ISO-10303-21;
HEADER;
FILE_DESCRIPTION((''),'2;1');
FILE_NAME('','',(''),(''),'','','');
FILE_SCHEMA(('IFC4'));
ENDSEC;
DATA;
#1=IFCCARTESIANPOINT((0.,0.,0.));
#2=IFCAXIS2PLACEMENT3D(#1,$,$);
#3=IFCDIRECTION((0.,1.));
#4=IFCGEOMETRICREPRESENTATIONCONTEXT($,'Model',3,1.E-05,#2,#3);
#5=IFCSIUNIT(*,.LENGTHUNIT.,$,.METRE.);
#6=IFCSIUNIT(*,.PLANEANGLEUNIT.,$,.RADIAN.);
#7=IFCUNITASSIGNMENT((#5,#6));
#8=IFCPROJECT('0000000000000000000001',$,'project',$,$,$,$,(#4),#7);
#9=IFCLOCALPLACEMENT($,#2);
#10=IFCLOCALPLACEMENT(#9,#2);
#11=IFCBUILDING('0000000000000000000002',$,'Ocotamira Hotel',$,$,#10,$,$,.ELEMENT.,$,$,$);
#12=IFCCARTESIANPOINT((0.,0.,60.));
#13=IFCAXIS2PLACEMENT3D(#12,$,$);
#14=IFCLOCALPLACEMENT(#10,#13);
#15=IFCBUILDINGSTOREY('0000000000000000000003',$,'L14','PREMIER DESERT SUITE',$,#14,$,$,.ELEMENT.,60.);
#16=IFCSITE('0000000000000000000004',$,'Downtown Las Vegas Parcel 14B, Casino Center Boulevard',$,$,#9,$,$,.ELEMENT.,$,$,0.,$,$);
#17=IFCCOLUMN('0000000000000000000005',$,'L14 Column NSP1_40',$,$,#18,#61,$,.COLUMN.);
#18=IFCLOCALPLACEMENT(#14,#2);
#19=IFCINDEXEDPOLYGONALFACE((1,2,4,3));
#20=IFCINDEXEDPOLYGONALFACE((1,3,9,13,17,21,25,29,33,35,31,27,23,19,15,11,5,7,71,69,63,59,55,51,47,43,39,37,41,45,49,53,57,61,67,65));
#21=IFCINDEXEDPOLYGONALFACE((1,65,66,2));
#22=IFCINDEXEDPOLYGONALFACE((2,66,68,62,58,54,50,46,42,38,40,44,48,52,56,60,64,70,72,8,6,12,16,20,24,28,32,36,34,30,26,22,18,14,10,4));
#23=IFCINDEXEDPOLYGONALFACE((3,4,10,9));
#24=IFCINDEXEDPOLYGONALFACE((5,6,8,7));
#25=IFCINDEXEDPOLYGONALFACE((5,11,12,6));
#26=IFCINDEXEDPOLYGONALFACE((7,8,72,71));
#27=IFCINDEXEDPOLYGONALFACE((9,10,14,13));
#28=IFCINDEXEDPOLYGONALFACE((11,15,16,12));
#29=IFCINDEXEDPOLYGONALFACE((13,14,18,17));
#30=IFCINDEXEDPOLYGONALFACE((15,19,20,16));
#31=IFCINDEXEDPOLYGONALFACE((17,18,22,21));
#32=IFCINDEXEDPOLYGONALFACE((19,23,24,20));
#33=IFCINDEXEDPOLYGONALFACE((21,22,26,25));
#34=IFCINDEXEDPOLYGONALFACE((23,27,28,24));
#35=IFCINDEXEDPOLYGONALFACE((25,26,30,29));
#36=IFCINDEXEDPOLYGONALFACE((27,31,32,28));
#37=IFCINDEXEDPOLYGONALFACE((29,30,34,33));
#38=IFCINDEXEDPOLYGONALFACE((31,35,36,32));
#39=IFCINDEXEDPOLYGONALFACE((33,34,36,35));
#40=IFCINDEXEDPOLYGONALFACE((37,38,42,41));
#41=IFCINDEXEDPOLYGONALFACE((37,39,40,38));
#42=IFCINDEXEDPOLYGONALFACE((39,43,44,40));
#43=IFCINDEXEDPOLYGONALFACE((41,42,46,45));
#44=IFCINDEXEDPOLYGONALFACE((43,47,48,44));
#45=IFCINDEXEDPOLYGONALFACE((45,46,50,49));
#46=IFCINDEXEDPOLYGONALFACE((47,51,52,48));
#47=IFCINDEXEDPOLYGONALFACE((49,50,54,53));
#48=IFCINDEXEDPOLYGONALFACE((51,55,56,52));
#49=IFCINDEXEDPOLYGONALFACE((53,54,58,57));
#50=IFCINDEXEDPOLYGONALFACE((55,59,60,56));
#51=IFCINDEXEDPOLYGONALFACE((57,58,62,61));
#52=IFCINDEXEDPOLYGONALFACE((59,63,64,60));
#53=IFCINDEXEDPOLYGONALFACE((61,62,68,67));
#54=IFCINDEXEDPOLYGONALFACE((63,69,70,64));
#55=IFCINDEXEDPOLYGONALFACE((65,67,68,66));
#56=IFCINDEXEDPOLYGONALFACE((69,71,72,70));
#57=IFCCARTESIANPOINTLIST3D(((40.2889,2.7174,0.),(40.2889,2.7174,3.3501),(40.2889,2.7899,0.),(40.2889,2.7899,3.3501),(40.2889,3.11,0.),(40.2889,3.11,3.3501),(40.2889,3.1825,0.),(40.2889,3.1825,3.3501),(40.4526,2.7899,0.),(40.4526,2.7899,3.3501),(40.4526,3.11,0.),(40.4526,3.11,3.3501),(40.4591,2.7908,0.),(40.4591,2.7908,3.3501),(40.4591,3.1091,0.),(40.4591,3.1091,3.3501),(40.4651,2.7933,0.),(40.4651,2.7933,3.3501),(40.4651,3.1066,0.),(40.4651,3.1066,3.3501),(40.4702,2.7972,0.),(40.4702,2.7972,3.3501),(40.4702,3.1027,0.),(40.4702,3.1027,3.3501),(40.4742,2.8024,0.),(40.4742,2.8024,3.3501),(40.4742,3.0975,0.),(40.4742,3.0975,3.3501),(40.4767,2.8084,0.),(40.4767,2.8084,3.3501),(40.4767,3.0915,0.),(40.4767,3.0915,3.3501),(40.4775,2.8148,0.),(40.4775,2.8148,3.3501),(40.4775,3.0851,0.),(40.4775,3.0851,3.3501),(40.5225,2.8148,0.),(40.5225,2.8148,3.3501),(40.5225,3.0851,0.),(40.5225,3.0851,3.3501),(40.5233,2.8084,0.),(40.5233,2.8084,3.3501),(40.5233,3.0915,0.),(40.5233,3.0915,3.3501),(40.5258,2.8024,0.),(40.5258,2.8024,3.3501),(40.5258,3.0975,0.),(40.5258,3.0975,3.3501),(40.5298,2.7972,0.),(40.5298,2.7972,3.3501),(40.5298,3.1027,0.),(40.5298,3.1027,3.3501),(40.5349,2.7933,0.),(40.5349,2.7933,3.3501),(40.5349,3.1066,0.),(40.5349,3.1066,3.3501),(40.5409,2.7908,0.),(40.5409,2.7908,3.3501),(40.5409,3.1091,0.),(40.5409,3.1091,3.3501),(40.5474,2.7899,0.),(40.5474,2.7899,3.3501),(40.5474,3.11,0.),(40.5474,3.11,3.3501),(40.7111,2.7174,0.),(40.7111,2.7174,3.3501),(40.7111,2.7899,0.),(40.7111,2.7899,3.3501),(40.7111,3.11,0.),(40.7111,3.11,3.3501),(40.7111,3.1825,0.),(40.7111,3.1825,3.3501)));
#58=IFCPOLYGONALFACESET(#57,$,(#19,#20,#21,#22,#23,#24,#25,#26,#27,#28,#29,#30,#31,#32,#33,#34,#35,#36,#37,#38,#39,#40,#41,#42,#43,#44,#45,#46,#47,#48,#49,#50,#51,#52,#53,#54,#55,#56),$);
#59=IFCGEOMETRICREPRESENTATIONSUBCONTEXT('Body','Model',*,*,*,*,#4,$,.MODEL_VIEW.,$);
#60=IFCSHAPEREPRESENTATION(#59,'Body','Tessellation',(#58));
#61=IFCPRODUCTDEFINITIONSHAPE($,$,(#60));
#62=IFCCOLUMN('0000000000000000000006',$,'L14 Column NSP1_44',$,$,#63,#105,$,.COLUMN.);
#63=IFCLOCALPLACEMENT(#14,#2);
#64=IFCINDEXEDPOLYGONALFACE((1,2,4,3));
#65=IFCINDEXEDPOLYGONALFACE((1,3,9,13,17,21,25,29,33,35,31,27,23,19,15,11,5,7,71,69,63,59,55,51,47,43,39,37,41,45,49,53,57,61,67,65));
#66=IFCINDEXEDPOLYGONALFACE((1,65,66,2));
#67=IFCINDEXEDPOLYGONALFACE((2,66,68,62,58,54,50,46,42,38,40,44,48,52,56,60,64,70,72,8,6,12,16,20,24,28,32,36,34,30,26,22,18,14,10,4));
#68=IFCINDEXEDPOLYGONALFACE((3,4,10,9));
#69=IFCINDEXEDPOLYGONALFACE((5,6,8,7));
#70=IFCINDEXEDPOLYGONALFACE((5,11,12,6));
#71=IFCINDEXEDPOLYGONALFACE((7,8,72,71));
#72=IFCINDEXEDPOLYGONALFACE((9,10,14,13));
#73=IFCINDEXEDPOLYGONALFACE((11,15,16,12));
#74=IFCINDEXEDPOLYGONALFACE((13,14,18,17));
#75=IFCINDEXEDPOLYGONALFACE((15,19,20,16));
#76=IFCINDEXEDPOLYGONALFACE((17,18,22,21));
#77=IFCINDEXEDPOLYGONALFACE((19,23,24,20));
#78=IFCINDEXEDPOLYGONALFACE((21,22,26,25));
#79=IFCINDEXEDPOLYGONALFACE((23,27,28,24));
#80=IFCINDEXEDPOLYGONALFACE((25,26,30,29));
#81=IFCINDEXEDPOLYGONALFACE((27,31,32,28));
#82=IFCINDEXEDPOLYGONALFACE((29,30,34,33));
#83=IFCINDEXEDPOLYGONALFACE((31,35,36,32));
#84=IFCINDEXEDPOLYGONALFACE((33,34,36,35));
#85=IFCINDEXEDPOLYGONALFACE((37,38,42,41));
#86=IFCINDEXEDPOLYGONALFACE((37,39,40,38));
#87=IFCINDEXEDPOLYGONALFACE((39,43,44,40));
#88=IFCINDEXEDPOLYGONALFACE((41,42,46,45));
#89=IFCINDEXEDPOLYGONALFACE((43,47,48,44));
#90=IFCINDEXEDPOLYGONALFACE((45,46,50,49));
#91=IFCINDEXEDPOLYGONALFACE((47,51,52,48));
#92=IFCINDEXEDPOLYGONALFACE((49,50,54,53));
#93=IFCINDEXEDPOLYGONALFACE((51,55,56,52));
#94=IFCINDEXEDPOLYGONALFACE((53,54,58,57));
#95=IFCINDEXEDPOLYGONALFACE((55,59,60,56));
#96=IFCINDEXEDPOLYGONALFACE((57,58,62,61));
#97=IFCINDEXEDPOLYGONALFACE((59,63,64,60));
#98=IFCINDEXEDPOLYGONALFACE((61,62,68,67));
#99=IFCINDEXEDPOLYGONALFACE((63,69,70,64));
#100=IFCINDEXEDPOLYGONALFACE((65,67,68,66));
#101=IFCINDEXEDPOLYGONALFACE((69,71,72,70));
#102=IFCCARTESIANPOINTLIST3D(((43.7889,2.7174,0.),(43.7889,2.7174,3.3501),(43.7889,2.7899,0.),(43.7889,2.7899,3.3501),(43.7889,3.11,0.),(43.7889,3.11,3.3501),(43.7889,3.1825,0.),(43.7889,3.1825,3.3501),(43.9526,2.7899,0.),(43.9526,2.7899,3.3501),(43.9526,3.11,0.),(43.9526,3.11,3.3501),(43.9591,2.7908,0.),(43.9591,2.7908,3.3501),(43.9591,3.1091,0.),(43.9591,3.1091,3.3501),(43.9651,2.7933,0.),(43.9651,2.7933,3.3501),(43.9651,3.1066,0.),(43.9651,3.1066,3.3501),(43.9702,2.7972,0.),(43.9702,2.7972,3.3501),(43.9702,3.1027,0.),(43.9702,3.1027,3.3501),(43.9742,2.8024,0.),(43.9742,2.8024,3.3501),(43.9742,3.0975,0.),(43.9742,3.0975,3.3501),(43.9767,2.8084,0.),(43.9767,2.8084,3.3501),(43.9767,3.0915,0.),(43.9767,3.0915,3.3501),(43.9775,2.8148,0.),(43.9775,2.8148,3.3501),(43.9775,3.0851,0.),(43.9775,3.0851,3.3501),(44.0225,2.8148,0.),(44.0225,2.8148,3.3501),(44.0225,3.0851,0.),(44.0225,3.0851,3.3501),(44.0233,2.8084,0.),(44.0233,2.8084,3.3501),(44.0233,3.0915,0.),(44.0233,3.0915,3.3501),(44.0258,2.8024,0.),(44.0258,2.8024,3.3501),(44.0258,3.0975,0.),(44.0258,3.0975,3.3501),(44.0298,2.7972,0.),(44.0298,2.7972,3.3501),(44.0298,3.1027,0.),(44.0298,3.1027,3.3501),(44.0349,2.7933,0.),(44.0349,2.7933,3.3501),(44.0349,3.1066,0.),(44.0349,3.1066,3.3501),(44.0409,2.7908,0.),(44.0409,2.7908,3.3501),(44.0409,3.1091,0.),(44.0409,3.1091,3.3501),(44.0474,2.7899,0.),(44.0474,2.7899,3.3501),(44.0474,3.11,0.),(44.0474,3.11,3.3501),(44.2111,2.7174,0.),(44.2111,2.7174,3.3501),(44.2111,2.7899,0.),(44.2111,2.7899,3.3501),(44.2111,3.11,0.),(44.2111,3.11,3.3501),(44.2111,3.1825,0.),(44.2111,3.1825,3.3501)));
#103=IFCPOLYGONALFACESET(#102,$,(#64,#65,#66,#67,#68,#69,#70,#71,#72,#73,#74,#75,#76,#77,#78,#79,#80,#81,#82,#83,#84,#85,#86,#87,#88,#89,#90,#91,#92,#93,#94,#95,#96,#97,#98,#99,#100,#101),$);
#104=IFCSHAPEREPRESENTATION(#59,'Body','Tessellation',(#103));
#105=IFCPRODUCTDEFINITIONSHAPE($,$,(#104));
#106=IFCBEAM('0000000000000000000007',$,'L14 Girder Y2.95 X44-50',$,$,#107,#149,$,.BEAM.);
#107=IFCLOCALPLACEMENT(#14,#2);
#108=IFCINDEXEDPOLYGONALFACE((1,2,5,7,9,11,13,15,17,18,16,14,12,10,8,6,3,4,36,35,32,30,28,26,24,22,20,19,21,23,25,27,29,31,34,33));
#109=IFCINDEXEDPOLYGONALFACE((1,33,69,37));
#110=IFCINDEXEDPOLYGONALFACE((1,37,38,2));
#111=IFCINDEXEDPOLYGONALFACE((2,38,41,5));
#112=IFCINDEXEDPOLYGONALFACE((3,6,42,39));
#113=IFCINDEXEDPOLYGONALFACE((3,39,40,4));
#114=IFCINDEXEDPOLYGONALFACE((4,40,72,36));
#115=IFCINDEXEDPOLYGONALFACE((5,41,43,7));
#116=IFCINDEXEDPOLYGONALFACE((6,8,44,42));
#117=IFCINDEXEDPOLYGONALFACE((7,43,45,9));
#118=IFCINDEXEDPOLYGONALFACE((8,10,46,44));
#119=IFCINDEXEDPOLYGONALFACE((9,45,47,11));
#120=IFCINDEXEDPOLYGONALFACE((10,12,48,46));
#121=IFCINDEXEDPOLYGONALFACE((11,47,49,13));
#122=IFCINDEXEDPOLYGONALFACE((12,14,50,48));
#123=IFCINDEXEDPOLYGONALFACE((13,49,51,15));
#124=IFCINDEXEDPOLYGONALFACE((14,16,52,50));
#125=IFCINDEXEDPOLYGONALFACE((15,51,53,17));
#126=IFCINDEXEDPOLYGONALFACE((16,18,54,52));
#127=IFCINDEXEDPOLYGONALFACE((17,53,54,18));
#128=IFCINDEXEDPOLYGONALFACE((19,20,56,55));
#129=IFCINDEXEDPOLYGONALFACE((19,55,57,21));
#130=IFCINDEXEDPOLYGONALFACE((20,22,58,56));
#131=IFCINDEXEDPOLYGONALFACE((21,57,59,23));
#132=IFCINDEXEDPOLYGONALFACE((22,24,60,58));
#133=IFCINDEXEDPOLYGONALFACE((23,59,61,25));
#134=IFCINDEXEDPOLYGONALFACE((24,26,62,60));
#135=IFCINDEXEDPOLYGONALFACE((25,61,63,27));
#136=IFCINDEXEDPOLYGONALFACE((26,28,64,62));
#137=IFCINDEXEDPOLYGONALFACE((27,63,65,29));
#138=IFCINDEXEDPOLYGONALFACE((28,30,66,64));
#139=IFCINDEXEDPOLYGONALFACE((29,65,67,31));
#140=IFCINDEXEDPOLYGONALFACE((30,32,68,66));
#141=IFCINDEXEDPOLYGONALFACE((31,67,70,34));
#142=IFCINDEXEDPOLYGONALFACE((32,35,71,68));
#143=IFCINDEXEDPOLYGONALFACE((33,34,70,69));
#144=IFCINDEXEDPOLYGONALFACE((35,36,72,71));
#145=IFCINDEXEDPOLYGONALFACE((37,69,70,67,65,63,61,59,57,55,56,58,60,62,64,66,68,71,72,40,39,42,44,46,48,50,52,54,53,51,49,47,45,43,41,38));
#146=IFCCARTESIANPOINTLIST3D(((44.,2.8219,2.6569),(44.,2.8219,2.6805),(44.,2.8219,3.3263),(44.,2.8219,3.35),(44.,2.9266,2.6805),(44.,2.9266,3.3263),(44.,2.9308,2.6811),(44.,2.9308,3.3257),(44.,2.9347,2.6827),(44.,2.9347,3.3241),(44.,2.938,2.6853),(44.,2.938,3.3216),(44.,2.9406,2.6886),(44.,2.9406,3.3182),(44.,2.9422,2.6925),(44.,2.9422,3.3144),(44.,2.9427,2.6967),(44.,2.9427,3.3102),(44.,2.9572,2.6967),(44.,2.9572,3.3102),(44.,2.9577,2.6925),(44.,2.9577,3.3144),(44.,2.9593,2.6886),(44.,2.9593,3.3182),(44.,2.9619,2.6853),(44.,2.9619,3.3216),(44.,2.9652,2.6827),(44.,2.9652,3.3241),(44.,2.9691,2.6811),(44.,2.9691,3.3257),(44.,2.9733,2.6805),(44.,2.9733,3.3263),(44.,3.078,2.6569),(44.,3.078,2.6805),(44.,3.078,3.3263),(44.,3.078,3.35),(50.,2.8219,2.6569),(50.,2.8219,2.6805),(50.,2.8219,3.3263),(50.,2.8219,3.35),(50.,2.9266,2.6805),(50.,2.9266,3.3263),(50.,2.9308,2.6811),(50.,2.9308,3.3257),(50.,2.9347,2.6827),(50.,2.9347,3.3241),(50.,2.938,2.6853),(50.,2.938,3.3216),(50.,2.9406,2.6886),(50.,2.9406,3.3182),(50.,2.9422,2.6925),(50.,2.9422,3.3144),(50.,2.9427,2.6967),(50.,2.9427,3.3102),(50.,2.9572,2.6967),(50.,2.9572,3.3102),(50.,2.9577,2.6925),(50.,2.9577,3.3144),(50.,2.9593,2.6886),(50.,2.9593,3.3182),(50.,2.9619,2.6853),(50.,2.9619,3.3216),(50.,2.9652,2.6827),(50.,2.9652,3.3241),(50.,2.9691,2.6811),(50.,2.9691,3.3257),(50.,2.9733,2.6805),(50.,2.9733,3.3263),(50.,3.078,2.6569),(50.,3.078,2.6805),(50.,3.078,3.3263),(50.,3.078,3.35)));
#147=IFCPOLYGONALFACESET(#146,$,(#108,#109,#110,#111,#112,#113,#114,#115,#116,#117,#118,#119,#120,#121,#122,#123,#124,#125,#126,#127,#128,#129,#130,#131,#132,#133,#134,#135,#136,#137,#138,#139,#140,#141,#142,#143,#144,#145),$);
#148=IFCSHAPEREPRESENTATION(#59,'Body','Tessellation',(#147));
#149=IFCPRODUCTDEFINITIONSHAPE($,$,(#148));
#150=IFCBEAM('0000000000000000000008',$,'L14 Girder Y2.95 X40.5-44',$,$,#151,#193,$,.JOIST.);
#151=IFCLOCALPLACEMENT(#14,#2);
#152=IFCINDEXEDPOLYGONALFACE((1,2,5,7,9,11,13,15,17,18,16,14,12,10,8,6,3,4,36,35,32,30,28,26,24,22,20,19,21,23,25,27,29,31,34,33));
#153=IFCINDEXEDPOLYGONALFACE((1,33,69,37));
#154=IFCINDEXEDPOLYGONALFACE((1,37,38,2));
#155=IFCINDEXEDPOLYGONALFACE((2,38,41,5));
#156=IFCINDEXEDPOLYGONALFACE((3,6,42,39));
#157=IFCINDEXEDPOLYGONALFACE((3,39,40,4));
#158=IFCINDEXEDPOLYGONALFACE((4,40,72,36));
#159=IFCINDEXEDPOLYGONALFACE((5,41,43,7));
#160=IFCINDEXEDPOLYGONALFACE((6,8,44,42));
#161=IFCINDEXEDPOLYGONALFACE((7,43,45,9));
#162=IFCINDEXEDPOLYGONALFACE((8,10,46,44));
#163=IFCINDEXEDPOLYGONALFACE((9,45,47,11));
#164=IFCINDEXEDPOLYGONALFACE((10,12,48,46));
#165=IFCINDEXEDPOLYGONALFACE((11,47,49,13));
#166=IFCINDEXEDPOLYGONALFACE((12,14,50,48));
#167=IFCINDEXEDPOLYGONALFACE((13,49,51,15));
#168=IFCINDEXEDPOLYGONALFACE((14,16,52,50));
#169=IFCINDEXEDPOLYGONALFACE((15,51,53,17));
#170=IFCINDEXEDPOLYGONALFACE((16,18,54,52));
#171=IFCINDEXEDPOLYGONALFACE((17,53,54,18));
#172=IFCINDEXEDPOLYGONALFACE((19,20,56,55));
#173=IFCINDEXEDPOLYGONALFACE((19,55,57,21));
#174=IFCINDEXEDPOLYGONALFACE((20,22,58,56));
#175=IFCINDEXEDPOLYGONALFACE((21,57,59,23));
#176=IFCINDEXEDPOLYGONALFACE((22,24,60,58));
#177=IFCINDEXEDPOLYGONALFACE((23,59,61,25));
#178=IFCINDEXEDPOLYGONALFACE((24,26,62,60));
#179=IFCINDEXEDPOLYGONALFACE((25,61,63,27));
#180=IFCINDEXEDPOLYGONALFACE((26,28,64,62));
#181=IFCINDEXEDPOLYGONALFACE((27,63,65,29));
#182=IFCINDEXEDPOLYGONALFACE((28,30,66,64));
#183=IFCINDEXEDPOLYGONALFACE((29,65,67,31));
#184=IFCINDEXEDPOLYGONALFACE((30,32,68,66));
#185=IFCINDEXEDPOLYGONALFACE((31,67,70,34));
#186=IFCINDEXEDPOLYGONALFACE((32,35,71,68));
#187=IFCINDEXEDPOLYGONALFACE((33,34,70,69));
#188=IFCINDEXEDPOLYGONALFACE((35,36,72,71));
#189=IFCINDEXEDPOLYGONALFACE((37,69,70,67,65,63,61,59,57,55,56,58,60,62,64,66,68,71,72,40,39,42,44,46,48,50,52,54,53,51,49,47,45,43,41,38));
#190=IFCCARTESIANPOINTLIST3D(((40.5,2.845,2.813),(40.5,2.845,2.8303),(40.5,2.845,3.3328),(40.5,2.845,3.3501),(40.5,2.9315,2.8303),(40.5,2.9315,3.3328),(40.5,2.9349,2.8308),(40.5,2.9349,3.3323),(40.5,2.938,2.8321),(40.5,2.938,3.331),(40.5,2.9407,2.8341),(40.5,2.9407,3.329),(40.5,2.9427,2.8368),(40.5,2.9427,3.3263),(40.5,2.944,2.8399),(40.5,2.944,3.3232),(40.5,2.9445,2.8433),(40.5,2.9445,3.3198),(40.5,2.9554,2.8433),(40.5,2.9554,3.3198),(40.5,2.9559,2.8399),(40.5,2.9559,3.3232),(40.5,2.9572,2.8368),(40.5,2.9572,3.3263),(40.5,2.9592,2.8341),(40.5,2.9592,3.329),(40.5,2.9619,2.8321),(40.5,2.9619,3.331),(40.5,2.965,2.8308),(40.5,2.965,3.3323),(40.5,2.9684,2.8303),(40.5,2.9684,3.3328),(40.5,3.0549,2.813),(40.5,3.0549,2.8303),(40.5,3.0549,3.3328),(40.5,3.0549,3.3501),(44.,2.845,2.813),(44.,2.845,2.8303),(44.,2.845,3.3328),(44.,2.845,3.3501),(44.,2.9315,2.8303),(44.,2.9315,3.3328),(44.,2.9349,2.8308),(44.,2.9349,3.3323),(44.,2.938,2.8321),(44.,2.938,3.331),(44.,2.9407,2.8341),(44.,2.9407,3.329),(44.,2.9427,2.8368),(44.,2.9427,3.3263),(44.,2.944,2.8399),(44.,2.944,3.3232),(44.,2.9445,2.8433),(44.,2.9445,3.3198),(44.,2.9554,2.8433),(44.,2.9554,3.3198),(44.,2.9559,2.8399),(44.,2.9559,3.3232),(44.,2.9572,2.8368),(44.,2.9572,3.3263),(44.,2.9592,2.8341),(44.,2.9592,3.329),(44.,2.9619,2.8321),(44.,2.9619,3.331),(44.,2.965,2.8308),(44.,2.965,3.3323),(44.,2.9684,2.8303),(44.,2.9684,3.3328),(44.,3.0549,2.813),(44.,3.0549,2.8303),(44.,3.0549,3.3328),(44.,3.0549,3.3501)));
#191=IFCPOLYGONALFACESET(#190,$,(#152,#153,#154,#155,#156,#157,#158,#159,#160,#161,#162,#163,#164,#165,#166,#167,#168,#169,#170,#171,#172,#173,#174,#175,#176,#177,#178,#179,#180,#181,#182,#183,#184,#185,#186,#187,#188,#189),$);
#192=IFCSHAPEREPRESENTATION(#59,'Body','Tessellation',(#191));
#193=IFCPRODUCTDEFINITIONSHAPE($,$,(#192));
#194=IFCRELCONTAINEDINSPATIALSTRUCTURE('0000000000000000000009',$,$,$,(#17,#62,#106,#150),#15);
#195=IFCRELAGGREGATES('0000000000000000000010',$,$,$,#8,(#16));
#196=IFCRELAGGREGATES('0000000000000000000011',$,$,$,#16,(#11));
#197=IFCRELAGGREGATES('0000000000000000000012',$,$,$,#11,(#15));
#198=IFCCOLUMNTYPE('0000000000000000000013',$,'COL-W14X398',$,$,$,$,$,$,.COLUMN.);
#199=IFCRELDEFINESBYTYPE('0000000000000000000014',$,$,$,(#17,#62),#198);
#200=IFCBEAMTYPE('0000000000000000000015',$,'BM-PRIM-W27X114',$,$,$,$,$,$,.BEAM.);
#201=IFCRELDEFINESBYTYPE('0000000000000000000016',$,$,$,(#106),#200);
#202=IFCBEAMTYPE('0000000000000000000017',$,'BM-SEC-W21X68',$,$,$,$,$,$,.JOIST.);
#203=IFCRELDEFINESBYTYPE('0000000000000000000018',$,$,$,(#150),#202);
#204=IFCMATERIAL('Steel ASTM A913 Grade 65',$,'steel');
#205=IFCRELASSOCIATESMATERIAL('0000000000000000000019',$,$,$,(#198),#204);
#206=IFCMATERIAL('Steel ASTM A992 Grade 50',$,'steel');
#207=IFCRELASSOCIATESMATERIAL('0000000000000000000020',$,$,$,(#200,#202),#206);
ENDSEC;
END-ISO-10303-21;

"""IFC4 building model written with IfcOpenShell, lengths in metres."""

from ifc_helpers import new_model, si_unit, direction, frame, origin, origin_2d, place, context, subcontext, project, spatial, i_section, extrude, source, transform, mapped, material, material_profile, profile_set, type_object, element, save


model = new_model("IFC4")

# Units and contexts
model_context = context("Model", 3, precision=1e-05, world=origin(), true_north=direction((0.0, 1.0)))
body_context = subcontext(model_context, "Body", "Model", "MODEL_VIEW")
ifc_project = project(units=[si_unit("LENGTHUNIT", "METRE"), si_unit("PLANEANGLEUNIT", "RADIAN")], contexts=[model_context])

# Site, building, storey
site_placement = place(None, origin())
site = spatial("IfcSite", under=ifc_project, at=site_placement, Name="Downtown Las Vegas Parcel 14B, Casino Center Boulevard", CompositionType="ELEMENT", RefElevation=0.0)
building_placement = place(site_placement, origin())
building = spatial("IfcBuilding", under=site, at=building_placement, Name="Ocotamira Hotel", CompositionType="ELEMENT")
storey_placement = place(building_placement, frame((0.0, 0.0, 60.0)))
storey = spatial("IfcBuildingStorey", under=building, at=storey_placement, Name="L14", Description="PREMIER DESERT SUITE", CompositionType="ELEMENT", Elevation=60.0)

# Columns
ifc_material_1 = material(Name="Steel ASTM A913 Grade 65", Category="steel")
ifc_material_profile_1 = material_profile(ifc_material_1, i_section(OverallWidth=0.4221, OverallDepth=0.4651, WebThickness=0.0449, FlangeThickness=0.0725, FilletRadius=0.0249, at=origin_2d()), Name="W14X398")
ifc_profile_set_1 = profile_set([ifc_material_profile_1], Name="Steel ASTM A913 Grade 65")
column_type = type_object("IfcColumnType", Name="COL-W14X398", PredefinedType="COLUMN", material=ifc_profile_set_1)
shared_shape_1 = source(origin(), body_context, "Body", "SweptSolid", [
    extrude(i_section(OverallWidth=0.4221, OverallDepth=0.4651, WebThickness=0.0449, FlangeThickness=0.0725, FilletRadius=0.0249, at=origin_2d()), origin(), (0.0, 0.0, 1.0), 3.3501),
])
for number, where, z_axis, x_axis, name in (
    (1, (40.5, 2.95, 0.0), (0.0, 0.0, 1.0), (1.0, 0.0, 0.0), "L14 Column NSP1_40"),
    (2, (44.0, 2.95, 0.0), (0.0, 0.0, 1.0), (1.0, 0.0, 0.0), "L14 Column NSP1_44"),
):
    element("IfcColumn", number, at=place(storey_placement, frame(where, z_axis=z_axis, x_axis=x_axis)), inside=storey, type_object=column_type, Name=name, PredefinedType="COLUMN", context=body_context, shape_type="MappedRepresentation", body=[
        mapped(shared_shape_1, transform((0.0, 0.0, 0.0), scale=1.0)),
    ])

# Beams
ifc_material_2 = material(Name="Steel ASTM A992 Grade 50", Category="steel")
ifc_material_profile_2 = material_profile(ifc_material_2, i_section(OverallWidth=0.2561, OverallDepth=0.6931, WebThickness=0.0144, FlangeThickness=0.0237, FilletRadius=0.0161, at=origin_2d()), Name="W27X114")
ifc_profile_set_2 = profile_set([ifc_material_profile_2], Name="Steel ASTM A992 Grade 50")
beam_type_1 = type_object("IfcBeamType", Name="BM-PRIM-W27X114", PredefinedType="BEAM", material=ifc_profile_set_2)
shared_shape_2 = source(origin(), body_context, "Body", "SweptSolid", [
    extrude(i_section(OverallWidth=0.2561, OverallDepth=0.6931, WebThickness=0.0144, FlangeThickness=0.0237, FilletRadius=0.0161, at=origin_2d()), origin(), (0.0, 0.0, 1.0), 6.0),
])
beam_1_placement = place(storey_placement, frame((44.0, 2.95, 3.0034), z_axis=(1.0, 0.0, 0.0), x_axis=(0.0, 1.0, 0.0)))
element("IfcBeam", 3, at=beam_1_placement, inside=storey, type_object=beam_type_1, Name="L14 Girder Y2.95 X44-50", PredefinedType="BEAM", context=body_context, shape_type="MappedRepresentation", body=[
    mapped(shared_shape_2, transform((0.0, 0.0, 0.0), scale=1.0)),
])
ifc_material_profile_3 = material_profile(ifc_material_2, i_section(OverallWidth=0.21, OverallDepth=0.5371, WebThickness=0.011, FlangeThickness=0.0173, FilletRadius=0.0129, at=origin_2d()), Name="W21X68")
ifc_profile_set_3 = profile_set([ifc_material_profile_3], Name="Steel ASTM A992 Grade 50")
beam_type_2 = type_object("IfcBeamType", Name="BM-SEC-W21X68", PredefinedType="JOIST", material=ifc_profile_set_3)
shared_shape_3 = source(origin(), body_context, "Body", "SweptSolid", [
    extrude(i_section(OverallWidth=0.21, OverallDepth=0.5371, WebThickness=0.011, FlangeThickness=0.0173, FilletRadius=0.0129, at=origin_2d()), origin(), (0.0, 0.0, 1.0), 3.5),
])
beam_2_placement = place(storey_placement, frame((40.5, 2.95, 3.0815), z_axis=(1.0, 0.0, 0.0), x_axis=(0.0, 1.0, 0.0)))
element("IfcBeam", 4, at=beam_2_placement, inside=storey, type_object=beam_type_2, Name="L14 Girder Y2.95 X40.5-44", PredefinedType="JOIST", context=body_context, shape_type="MappedRepresentation", body=[
    mapped(shared_shape_3, transform((0.0, 0.0, 0.0), scale=1.0)),
])

save(model, "model.ifc")
